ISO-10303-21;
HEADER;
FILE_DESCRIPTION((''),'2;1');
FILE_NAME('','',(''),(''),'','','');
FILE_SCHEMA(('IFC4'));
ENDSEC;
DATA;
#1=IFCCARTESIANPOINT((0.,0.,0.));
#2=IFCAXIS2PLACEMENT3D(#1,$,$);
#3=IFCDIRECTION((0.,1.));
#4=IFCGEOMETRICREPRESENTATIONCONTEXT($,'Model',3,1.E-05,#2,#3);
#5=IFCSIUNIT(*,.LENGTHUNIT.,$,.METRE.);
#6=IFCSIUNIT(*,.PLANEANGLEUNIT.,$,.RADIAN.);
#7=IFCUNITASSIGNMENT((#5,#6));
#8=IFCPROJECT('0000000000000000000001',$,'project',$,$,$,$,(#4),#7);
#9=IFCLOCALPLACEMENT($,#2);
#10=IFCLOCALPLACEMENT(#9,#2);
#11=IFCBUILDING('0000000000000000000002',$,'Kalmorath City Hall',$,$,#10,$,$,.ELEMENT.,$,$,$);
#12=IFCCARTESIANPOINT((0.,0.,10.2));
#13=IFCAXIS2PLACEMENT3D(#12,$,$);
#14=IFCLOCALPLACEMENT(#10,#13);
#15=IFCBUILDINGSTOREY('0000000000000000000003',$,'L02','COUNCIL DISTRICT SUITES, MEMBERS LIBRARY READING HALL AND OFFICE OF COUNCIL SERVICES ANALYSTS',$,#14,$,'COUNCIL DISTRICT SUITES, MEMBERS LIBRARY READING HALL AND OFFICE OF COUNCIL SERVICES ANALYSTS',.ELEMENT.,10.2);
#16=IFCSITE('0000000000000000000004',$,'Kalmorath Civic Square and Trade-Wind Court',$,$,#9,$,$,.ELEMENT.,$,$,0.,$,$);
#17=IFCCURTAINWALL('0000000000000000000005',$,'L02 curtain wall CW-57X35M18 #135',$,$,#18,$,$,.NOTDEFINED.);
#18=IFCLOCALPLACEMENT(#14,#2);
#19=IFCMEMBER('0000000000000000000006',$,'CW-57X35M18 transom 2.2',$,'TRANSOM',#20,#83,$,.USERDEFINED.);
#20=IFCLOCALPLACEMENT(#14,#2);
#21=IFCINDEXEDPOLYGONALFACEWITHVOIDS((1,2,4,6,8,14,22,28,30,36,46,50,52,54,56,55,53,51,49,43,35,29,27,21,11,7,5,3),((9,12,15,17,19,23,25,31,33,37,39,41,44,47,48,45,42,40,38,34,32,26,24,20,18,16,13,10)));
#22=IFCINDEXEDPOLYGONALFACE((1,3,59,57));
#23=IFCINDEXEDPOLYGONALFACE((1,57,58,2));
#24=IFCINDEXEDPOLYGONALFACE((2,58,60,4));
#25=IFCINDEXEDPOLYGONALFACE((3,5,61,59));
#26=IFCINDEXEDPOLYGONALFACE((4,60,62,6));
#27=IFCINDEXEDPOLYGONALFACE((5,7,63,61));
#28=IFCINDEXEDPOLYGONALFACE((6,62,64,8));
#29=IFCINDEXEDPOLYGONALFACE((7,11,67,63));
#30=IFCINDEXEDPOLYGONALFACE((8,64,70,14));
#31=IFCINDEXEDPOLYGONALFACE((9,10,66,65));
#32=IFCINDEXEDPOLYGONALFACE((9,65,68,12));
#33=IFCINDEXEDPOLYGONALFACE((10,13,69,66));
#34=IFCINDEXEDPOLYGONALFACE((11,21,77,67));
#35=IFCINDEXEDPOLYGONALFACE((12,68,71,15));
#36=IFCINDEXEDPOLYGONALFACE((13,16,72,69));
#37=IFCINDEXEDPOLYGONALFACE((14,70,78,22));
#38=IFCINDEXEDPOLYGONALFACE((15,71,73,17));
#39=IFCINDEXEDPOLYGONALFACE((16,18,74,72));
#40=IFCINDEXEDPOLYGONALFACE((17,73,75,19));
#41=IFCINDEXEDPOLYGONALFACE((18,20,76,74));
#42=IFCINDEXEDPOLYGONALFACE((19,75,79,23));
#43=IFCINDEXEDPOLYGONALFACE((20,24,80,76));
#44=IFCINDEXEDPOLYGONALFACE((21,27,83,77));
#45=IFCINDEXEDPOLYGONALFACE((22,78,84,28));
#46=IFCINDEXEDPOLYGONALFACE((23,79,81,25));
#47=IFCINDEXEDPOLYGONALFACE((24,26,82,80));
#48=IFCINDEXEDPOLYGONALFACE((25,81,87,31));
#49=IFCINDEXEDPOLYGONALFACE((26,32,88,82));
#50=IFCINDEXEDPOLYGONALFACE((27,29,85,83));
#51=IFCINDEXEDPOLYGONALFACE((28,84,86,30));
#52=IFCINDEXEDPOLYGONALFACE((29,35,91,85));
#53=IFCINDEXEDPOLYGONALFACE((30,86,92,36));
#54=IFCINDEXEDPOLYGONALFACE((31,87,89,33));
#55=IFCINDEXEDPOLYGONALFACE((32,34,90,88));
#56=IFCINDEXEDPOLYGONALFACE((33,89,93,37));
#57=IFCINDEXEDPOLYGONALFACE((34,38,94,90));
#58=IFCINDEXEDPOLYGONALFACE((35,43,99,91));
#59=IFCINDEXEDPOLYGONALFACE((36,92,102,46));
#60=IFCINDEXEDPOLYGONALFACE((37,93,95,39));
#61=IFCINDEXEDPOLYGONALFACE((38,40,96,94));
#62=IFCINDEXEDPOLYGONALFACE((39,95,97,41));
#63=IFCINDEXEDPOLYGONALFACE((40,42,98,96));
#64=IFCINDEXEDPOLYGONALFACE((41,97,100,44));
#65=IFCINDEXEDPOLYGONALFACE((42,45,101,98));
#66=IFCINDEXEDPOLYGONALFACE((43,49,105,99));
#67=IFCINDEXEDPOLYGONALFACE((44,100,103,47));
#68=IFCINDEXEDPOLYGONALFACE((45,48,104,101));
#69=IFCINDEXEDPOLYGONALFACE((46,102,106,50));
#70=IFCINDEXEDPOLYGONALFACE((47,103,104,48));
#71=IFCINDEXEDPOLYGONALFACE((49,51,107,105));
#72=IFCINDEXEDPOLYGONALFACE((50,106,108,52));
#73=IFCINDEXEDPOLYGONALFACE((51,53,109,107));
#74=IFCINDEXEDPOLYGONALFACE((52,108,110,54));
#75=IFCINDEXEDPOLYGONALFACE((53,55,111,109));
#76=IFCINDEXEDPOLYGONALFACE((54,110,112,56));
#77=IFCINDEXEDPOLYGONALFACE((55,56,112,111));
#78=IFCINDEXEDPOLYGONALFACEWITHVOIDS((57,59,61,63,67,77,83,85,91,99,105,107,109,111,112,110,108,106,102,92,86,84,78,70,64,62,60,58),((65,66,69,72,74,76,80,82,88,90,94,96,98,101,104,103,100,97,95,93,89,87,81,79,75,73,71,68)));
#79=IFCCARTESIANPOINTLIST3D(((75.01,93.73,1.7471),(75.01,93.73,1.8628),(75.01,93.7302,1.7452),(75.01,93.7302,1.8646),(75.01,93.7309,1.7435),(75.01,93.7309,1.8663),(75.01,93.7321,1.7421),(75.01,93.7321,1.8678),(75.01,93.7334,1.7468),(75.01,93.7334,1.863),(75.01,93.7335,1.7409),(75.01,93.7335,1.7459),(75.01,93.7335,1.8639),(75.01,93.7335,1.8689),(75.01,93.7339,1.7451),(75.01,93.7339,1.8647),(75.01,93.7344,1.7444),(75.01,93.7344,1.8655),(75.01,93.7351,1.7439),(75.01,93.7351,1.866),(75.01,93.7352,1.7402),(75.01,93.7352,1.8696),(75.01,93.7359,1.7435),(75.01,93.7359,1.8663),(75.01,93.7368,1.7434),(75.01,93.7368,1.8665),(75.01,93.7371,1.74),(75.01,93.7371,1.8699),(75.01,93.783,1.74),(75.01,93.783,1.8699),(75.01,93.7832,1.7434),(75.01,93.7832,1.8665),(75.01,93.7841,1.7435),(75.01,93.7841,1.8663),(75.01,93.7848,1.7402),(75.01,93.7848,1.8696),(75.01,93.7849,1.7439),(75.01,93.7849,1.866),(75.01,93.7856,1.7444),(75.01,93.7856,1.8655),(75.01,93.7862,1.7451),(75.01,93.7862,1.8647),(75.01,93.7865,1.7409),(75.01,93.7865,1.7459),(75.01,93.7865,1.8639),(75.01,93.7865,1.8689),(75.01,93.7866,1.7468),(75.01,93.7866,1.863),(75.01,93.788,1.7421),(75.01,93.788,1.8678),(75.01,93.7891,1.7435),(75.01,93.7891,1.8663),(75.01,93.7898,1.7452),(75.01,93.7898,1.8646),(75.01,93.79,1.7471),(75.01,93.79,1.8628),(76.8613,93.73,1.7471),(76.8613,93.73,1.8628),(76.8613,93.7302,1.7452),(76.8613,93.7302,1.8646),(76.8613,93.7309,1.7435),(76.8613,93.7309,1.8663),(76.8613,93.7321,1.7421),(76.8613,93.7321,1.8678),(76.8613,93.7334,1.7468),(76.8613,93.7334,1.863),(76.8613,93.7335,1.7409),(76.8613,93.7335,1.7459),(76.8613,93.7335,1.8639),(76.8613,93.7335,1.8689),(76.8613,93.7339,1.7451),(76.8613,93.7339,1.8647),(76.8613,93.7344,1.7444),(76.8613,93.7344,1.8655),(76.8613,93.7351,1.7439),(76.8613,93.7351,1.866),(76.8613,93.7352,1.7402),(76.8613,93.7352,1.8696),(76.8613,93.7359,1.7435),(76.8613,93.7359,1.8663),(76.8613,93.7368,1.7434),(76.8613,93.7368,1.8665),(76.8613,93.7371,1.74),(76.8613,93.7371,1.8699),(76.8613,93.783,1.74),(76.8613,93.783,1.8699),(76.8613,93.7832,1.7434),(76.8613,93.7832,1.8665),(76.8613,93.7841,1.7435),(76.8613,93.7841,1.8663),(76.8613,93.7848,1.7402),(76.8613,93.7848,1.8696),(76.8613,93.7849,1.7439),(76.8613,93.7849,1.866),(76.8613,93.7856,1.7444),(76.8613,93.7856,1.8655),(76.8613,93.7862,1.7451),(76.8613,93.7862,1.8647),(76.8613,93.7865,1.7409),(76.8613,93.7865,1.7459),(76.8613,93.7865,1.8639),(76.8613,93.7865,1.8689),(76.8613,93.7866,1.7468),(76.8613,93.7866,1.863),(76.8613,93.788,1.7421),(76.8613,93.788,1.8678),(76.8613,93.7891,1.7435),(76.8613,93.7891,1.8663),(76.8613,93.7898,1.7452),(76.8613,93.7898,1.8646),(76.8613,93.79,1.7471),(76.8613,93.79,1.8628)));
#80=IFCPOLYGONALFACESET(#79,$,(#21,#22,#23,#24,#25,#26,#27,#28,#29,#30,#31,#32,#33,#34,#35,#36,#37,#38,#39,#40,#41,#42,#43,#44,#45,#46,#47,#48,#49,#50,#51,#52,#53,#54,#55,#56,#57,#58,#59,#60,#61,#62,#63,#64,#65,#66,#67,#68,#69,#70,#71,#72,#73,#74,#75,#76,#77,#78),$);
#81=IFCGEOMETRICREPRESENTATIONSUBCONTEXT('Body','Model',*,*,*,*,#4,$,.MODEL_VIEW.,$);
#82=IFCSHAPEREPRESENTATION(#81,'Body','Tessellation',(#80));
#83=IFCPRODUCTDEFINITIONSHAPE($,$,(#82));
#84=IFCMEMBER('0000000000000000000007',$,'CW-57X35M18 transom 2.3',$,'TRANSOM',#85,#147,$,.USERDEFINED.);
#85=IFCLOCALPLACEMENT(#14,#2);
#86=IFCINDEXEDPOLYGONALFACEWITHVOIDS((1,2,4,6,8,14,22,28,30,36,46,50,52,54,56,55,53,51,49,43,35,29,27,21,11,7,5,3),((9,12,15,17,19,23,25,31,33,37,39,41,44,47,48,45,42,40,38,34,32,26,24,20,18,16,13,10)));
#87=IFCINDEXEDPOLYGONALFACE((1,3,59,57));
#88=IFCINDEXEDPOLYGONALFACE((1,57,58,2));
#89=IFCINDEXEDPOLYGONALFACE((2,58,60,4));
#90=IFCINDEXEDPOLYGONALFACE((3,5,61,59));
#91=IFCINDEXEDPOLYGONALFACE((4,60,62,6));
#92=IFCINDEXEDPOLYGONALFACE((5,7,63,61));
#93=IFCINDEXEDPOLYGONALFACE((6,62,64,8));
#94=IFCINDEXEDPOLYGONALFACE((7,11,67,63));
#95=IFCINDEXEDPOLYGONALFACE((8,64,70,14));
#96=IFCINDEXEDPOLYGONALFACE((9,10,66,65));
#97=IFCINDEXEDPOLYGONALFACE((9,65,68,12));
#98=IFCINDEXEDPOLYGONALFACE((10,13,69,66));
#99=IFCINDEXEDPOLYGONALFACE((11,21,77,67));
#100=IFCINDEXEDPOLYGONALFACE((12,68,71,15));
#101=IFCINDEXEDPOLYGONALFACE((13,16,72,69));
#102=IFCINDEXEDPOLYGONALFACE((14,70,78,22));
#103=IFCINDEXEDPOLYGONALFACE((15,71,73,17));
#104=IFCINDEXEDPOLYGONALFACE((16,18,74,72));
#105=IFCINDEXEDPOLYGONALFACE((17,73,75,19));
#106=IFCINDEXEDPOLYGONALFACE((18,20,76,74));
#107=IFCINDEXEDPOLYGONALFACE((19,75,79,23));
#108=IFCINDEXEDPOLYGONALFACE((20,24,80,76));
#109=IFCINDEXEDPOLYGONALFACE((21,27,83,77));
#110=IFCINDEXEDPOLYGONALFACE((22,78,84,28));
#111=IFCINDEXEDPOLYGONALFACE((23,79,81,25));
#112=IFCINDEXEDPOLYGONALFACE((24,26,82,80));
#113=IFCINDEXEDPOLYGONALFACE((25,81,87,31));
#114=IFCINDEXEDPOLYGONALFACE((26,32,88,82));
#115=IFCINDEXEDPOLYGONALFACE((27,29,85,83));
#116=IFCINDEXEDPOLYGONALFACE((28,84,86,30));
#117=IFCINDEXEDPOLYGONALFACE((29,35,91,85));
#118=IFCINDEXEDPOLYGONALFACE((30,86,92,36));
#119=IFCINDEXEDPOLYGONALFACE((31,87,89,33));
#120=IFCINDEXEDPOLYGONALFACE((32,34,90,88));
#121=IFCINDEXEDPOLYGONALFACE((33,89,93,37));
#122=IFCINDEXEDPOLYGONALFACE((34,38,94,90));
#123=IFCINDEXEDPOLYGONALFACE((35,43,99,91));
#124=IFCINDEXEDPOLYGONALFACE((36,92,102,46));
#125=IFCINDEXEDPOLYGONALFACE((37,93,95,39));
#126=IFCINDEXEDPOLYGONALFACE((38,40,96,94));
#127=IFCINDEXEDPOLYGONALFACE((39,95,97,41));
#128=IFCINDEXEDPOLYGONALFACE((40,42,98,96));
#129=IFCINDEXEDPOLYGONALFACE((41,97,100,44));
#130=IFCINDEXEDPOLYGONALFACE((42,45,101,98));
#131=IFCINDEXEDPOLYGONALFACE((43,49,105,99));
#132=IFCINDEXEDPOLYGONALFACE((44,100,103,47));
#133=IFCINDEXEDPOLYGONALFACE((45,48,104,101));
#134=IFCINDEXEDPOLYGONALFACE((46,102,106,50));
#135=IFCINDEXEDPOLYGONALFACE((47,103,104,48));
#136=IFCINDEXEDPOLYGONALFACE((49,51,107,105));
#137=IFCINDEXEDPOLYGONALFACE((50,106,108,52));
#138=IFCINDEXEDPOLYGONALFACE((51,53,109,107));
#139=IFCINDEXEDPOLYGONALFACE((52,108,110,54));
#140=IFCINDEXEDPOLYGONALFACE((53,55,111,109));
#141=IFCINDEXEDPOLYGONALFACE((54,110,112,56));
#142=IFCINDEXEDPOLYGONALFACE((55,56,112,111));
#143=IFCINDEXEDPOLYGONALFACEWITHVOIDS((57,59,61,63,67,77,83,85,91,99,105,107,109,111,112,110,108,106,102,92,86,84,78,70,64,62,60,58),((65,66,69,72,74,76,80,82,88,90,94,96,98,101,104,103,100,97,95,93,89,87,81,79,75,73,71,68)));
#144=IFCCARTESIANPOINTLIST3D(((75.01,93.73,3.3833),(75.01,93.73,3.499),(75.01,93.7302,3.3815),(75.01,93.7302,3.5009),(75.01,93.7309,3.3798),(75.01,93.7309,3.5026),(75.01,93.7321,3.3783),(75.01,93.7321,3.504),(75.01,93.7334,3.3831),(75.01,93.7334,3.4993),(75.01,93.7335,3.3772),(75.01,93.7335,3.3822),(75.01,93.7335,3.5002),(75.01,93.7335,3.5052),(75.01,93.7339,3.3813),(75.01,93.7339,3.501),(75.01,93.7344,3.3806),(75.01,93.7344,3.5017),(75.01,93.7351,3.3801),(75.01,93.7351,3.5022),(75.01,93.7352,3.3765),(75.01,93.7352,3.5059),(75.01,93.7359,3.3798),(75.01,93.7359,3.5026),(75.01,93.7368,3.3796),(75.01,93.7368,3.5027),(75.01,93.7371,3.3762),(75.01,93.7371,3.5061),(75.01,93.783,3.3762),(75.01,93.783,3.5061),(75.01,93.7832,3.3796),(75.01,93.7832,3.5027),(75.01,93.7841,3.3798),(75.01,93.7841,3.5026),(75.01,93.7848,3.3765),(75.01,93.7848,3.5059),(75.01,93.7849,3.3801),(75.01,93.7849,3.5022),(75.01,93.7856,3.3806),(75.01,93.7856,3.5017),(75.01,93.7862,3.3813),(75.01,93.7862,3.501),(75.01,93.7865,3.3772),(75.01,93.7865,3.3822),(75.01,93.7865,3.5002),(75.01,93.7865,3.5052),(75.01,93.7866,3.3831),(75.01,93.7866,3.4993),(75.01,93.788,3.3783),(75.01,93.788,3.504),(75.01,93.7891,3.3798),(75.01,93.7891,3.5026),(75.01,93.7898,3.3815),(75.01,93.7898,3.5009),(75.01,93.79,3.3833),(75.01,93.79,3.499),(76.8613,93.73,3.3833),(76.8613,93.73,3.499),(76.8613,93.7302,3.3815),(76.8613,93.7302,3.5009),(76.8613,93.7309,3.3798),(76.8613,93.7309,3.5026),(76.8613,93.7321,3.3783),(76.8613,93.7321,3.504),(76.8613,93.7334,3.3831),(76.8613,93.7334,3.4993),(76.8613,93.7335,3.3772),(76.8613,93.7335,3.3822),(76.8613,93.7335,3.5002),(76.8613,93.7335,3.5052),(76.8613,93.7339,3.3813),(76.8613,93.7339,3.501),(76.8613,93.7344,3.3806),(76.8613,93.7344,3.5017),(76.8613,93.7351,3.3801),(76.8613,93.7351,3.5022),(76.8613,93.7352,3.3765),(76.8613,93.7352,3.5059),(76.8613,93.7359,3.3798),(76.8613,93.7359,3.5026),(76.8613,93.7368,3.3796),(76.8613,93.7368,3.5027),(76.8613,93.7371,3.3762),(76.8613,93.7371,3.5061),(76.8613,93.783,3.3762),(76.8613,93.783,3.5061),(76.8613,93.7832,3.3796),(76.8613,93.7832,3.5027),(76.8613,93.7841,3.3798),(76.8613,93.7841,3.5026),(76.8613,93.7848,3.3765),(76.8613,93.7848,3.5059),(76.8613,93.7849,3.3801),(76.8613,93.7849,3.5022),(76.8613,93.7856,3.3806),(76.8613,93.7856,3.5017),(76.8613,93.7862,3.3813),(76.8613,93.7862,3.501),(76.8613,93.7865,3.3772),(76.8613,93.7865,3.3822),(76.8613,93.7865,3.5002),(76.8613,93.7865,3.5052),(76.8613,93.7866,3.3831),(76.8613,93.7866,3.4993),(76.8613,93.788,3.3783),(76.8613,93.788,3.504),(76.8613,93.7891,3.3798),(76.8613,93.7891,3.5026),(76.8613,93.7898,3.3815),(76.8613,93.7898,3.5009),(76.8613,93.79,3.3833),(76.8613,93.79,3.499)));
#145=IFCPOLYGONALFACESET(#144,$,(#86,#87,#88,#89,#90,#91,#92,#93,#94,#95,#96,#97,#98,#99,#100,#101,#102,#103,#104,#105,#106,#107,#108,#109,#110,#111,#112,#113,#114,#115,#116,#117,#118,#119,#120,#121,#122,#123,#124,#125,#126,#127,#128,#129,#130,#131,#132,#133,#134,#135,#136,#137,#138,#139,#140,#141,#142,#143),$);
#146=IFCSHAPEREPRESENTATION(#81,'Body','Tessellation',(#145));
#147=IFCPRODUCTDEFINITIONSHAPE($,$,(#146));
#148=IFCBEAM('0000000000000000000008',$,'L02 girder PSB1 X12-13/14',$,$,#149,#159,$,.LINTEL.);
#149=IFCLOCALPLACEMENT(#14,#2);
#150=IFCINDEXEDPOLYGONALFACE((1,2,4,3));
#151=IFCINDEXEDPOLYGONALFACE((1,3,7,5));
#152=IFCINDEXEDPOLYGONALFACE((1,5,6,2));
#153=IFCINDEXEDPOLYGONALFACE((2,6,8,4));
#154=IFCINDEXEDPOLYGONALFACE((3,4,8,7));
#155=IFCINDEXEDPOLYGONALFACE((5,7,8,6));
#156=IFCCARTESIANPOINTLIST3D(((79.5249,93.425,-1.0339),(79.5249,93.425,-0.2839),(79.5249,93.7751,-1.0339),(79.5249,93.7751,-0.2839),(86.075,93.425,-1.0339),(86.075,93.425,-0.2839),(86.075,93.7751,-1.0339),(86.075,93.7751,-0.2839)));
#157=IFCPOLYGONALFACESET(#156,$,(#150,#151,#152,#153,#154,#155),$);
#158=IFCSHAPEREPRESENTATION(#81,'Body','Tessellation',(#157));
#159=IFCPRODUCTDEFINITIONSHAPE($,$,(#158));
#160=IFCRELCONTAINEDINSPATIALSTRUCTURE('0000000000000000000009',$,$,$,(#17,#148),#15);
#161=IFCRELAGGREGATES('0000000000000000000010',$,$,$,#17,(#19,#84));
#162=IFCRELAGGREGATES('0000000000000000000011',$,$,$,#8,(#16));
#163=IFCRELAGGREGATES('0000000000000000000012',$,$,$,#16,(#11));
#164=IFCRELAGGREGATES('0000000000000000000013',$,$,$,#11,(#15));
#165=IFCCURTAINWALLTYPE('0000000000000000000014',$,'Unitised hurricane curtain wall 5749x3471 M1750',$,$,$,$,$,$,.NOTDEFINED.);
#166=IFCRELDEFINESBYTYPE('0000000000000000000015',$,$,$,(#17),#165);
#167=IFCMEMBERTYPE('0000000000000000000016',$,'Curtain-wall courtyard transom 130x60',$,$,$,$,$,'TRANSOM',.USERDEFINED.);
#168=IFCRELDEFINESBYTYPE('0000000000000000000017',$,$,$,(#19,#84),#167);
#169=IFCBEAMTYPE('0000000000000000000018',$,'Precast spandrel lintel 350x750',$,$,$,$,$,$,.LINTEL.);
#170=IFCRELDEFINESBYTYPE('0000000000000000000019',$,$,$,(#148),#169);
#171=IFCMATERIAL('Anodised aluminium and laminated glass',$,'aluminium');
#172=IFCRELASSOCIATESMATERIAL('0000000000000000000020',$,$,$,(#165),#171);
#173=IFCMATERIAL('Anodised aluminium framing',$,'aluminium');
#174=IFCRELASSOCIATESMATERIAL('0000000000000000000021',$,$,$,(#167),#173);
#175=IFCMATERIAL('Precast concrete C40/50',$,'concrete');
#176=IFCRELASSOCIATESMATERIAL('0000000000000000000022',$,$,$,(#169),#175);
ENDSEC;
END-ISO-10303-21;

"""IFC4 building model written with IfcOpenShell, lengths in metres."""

from ifc_helpers import new_model, si_unit, direction, frame, origin, origin_2d, place, context, subcontext, project, spatial, rectangle, hollow_rectangle, extrude, material, material_profile, profile_set, type_object, element, aggregate, save


model = new_model("IFC4")

# Units and contexts
model_context = context("Model", 3, precision=1e-05, world=origin(), true_north=direction((0.0, 1.0)))
body_context = subcontext(model_context, "Body", "Model", "MODEL_VIEW")
ifc_project = project(units=[si_unit("LENGTHUNIT", "METRE"), si_unit("PLANEANGLEUNIT", "RADIAN")], contexts=[model_context])

# Site, building, storey
site_placement = place(None, origin())
site = spatial("IfcSite", under=ifc_project, at=site_placement, Name="Kalmorath Civic Square and Trade-Wind Court", CompositionType="ELEMENT", RefElevation=0.0)
building_placement = place(site_placement, origin())
building = spatial("IfcBuilding", under=site, at=building_placement, Name="Kalmorath City Hall", CompositionType="ELEMENT")
storey_placement = place(building_placement, frame((0.0, 0.0, 10.2)))
storey = spatial("IfcBuildingStorey", under=building, at=storey_placement, Name="L02", Description="COUNCIL DISTRICT SUITES, MEMBERS LIBRARY READING HALL AND OFFICE OF COUNCIL SERVICES ANALYSTS", LongName="COUNCIL DISTRICT SUITES, MEMBERS LIBRARY READING HALL AND OFFICE OF COUNCIL SERVICES ANALYSTS", CompositionType="ELEMENT", Elevation=10.2)

# Curtain wall, members
ifc_material_1 = material(Name="Anodised aluminium and laminated glass", Category="aluminium")
curtain_wall_type = type_object("IfcCurtainWallType", Name="Unitised hurricane curtain wall 5749x3471 M1750", PredefinedType="NOTDEFINED", material=ifc_material_1)
curtain_wall_placement = place(storey_placement, origin())
curtain_wall = element("IfcCurtainWall", 1, at=curtain_wall_placement, inside=storey, type_object=curtain_wall_type, Name="L02 curtain wall CW-57X35M18 #135", PredefinedType="NOTDEFINED")
ifc_material_2 = material(Name="Anodised aluminium framing", Category="aluminium")
ifc_material_profile_1 = material_profile(ifc_material_2, hollow_rectangle(XDim=0.0601, YDim=0.1299, WallThickness=0.0034, InnerFilletRadius=0.0034, OuterFilletRadius=0.0071, at=origin_2d()), Name="ALU-TRN-130X60X3.5")
ifc_profile_set_1 = profile_set([ifc_material_profile_1], Name="Anodised aluminium framing")
member_type_1 = type_object("IfcMemberType", Name="Curtain-wall courtyard transom 130x60", ElementType="TRANSOM", PredefinedType="USERDEFINED", material=ifc_profile_set_1)
member_1_placement = place(storey_placement, frame((76.8613, 93.76, 1.8049), z_axis=(-1.0, 0.0, 0.0), x_axis=(0.0, -1.0, 0.0)))
member_1 = element("IfcMember", 2, at=member_1_placement, type_object=member_type_1, Name="CW-57X35M18 transom 2.2", ObjectType="TRANSOM", PredefinedType="USERDEFINED", context=body_context, shape_type="SweptSolid", body=[
    extrude(hollow_rectangle(XDim=0.0601, YDim=0.1299, WallThickness=0.0034, InnerFilletRadius=0.0034, OuterFilletRadius=0.0071, at=origin_2d()), origin(), (0.0, 0.0, 1.0), 1.8513),
])
member_2_placement = place(storey_placement, frame((76.8613, 93.76, 3.4412), z_axis=(-1.0, 0.0, 0.0), x_axis=(0.0, -1.0, 0.0)))
member_2 = element("IfcMember", 3, at=member_2_placement, type_object=member_type_1, Name="CW-57X35M18 transom 2.3", ObjectType="TRANSOM", PredefinedType="USERDEFINED", context=body_context, shape_type="SweptSolid", body=[
    extrude(hollow_rectangle(XDim=0.0601, YDim=0.1299, WallThickness=0.0034, InnerFilletRadius=0.0034, OuterFilletRadius=0.0071, at=origin_2d()), origin(), (0.0, 0.0, 1.0), 1.8513),
])

# Beam
ifc_material_3 = material(Name="Precast concrete C40/50", Category="concrete")
ifc_material_profile_2 = material_profile(ifc_material_3, rectangle(XDim=0.3501, YDim=0.75, at=origin_2d()), Name="PC-SP-350X750")
ifc_profile_set_2 = profile_set([ifc_material_profile_2], Name="Precast concrete C40/50")
beam_type_1 = type_object("IfcBeamType", Name="Precast spandrel lintel 350x750", PredefinedType="LINTEL", material=ifc_profile_set_2)
beam_1_placement = place(storey_placement, frame((79.5249, 93.6001, -0.6589), z_axis=(1.0, 0.0, 0.0), x_axis=(0.0, 1.0, 0.0)))
element("IfcBeam", 4, at=beam_1_placement, inside=storey, type_object=beam_type_1, Name="L02 girder PSB1 X12-13/14", PredefinedType="LINTEL", context=body_context, shape_type="SweptSolid", body=[
    extrude(rectangle(XDim=0.3501, YDim=0.75, at=origin_2d()), origin(), (0.0, 0.0, 1.0), 6.55),
])

aggregate(curtain_wall, [member_1, member_2])

save(model, "model.ifc")
